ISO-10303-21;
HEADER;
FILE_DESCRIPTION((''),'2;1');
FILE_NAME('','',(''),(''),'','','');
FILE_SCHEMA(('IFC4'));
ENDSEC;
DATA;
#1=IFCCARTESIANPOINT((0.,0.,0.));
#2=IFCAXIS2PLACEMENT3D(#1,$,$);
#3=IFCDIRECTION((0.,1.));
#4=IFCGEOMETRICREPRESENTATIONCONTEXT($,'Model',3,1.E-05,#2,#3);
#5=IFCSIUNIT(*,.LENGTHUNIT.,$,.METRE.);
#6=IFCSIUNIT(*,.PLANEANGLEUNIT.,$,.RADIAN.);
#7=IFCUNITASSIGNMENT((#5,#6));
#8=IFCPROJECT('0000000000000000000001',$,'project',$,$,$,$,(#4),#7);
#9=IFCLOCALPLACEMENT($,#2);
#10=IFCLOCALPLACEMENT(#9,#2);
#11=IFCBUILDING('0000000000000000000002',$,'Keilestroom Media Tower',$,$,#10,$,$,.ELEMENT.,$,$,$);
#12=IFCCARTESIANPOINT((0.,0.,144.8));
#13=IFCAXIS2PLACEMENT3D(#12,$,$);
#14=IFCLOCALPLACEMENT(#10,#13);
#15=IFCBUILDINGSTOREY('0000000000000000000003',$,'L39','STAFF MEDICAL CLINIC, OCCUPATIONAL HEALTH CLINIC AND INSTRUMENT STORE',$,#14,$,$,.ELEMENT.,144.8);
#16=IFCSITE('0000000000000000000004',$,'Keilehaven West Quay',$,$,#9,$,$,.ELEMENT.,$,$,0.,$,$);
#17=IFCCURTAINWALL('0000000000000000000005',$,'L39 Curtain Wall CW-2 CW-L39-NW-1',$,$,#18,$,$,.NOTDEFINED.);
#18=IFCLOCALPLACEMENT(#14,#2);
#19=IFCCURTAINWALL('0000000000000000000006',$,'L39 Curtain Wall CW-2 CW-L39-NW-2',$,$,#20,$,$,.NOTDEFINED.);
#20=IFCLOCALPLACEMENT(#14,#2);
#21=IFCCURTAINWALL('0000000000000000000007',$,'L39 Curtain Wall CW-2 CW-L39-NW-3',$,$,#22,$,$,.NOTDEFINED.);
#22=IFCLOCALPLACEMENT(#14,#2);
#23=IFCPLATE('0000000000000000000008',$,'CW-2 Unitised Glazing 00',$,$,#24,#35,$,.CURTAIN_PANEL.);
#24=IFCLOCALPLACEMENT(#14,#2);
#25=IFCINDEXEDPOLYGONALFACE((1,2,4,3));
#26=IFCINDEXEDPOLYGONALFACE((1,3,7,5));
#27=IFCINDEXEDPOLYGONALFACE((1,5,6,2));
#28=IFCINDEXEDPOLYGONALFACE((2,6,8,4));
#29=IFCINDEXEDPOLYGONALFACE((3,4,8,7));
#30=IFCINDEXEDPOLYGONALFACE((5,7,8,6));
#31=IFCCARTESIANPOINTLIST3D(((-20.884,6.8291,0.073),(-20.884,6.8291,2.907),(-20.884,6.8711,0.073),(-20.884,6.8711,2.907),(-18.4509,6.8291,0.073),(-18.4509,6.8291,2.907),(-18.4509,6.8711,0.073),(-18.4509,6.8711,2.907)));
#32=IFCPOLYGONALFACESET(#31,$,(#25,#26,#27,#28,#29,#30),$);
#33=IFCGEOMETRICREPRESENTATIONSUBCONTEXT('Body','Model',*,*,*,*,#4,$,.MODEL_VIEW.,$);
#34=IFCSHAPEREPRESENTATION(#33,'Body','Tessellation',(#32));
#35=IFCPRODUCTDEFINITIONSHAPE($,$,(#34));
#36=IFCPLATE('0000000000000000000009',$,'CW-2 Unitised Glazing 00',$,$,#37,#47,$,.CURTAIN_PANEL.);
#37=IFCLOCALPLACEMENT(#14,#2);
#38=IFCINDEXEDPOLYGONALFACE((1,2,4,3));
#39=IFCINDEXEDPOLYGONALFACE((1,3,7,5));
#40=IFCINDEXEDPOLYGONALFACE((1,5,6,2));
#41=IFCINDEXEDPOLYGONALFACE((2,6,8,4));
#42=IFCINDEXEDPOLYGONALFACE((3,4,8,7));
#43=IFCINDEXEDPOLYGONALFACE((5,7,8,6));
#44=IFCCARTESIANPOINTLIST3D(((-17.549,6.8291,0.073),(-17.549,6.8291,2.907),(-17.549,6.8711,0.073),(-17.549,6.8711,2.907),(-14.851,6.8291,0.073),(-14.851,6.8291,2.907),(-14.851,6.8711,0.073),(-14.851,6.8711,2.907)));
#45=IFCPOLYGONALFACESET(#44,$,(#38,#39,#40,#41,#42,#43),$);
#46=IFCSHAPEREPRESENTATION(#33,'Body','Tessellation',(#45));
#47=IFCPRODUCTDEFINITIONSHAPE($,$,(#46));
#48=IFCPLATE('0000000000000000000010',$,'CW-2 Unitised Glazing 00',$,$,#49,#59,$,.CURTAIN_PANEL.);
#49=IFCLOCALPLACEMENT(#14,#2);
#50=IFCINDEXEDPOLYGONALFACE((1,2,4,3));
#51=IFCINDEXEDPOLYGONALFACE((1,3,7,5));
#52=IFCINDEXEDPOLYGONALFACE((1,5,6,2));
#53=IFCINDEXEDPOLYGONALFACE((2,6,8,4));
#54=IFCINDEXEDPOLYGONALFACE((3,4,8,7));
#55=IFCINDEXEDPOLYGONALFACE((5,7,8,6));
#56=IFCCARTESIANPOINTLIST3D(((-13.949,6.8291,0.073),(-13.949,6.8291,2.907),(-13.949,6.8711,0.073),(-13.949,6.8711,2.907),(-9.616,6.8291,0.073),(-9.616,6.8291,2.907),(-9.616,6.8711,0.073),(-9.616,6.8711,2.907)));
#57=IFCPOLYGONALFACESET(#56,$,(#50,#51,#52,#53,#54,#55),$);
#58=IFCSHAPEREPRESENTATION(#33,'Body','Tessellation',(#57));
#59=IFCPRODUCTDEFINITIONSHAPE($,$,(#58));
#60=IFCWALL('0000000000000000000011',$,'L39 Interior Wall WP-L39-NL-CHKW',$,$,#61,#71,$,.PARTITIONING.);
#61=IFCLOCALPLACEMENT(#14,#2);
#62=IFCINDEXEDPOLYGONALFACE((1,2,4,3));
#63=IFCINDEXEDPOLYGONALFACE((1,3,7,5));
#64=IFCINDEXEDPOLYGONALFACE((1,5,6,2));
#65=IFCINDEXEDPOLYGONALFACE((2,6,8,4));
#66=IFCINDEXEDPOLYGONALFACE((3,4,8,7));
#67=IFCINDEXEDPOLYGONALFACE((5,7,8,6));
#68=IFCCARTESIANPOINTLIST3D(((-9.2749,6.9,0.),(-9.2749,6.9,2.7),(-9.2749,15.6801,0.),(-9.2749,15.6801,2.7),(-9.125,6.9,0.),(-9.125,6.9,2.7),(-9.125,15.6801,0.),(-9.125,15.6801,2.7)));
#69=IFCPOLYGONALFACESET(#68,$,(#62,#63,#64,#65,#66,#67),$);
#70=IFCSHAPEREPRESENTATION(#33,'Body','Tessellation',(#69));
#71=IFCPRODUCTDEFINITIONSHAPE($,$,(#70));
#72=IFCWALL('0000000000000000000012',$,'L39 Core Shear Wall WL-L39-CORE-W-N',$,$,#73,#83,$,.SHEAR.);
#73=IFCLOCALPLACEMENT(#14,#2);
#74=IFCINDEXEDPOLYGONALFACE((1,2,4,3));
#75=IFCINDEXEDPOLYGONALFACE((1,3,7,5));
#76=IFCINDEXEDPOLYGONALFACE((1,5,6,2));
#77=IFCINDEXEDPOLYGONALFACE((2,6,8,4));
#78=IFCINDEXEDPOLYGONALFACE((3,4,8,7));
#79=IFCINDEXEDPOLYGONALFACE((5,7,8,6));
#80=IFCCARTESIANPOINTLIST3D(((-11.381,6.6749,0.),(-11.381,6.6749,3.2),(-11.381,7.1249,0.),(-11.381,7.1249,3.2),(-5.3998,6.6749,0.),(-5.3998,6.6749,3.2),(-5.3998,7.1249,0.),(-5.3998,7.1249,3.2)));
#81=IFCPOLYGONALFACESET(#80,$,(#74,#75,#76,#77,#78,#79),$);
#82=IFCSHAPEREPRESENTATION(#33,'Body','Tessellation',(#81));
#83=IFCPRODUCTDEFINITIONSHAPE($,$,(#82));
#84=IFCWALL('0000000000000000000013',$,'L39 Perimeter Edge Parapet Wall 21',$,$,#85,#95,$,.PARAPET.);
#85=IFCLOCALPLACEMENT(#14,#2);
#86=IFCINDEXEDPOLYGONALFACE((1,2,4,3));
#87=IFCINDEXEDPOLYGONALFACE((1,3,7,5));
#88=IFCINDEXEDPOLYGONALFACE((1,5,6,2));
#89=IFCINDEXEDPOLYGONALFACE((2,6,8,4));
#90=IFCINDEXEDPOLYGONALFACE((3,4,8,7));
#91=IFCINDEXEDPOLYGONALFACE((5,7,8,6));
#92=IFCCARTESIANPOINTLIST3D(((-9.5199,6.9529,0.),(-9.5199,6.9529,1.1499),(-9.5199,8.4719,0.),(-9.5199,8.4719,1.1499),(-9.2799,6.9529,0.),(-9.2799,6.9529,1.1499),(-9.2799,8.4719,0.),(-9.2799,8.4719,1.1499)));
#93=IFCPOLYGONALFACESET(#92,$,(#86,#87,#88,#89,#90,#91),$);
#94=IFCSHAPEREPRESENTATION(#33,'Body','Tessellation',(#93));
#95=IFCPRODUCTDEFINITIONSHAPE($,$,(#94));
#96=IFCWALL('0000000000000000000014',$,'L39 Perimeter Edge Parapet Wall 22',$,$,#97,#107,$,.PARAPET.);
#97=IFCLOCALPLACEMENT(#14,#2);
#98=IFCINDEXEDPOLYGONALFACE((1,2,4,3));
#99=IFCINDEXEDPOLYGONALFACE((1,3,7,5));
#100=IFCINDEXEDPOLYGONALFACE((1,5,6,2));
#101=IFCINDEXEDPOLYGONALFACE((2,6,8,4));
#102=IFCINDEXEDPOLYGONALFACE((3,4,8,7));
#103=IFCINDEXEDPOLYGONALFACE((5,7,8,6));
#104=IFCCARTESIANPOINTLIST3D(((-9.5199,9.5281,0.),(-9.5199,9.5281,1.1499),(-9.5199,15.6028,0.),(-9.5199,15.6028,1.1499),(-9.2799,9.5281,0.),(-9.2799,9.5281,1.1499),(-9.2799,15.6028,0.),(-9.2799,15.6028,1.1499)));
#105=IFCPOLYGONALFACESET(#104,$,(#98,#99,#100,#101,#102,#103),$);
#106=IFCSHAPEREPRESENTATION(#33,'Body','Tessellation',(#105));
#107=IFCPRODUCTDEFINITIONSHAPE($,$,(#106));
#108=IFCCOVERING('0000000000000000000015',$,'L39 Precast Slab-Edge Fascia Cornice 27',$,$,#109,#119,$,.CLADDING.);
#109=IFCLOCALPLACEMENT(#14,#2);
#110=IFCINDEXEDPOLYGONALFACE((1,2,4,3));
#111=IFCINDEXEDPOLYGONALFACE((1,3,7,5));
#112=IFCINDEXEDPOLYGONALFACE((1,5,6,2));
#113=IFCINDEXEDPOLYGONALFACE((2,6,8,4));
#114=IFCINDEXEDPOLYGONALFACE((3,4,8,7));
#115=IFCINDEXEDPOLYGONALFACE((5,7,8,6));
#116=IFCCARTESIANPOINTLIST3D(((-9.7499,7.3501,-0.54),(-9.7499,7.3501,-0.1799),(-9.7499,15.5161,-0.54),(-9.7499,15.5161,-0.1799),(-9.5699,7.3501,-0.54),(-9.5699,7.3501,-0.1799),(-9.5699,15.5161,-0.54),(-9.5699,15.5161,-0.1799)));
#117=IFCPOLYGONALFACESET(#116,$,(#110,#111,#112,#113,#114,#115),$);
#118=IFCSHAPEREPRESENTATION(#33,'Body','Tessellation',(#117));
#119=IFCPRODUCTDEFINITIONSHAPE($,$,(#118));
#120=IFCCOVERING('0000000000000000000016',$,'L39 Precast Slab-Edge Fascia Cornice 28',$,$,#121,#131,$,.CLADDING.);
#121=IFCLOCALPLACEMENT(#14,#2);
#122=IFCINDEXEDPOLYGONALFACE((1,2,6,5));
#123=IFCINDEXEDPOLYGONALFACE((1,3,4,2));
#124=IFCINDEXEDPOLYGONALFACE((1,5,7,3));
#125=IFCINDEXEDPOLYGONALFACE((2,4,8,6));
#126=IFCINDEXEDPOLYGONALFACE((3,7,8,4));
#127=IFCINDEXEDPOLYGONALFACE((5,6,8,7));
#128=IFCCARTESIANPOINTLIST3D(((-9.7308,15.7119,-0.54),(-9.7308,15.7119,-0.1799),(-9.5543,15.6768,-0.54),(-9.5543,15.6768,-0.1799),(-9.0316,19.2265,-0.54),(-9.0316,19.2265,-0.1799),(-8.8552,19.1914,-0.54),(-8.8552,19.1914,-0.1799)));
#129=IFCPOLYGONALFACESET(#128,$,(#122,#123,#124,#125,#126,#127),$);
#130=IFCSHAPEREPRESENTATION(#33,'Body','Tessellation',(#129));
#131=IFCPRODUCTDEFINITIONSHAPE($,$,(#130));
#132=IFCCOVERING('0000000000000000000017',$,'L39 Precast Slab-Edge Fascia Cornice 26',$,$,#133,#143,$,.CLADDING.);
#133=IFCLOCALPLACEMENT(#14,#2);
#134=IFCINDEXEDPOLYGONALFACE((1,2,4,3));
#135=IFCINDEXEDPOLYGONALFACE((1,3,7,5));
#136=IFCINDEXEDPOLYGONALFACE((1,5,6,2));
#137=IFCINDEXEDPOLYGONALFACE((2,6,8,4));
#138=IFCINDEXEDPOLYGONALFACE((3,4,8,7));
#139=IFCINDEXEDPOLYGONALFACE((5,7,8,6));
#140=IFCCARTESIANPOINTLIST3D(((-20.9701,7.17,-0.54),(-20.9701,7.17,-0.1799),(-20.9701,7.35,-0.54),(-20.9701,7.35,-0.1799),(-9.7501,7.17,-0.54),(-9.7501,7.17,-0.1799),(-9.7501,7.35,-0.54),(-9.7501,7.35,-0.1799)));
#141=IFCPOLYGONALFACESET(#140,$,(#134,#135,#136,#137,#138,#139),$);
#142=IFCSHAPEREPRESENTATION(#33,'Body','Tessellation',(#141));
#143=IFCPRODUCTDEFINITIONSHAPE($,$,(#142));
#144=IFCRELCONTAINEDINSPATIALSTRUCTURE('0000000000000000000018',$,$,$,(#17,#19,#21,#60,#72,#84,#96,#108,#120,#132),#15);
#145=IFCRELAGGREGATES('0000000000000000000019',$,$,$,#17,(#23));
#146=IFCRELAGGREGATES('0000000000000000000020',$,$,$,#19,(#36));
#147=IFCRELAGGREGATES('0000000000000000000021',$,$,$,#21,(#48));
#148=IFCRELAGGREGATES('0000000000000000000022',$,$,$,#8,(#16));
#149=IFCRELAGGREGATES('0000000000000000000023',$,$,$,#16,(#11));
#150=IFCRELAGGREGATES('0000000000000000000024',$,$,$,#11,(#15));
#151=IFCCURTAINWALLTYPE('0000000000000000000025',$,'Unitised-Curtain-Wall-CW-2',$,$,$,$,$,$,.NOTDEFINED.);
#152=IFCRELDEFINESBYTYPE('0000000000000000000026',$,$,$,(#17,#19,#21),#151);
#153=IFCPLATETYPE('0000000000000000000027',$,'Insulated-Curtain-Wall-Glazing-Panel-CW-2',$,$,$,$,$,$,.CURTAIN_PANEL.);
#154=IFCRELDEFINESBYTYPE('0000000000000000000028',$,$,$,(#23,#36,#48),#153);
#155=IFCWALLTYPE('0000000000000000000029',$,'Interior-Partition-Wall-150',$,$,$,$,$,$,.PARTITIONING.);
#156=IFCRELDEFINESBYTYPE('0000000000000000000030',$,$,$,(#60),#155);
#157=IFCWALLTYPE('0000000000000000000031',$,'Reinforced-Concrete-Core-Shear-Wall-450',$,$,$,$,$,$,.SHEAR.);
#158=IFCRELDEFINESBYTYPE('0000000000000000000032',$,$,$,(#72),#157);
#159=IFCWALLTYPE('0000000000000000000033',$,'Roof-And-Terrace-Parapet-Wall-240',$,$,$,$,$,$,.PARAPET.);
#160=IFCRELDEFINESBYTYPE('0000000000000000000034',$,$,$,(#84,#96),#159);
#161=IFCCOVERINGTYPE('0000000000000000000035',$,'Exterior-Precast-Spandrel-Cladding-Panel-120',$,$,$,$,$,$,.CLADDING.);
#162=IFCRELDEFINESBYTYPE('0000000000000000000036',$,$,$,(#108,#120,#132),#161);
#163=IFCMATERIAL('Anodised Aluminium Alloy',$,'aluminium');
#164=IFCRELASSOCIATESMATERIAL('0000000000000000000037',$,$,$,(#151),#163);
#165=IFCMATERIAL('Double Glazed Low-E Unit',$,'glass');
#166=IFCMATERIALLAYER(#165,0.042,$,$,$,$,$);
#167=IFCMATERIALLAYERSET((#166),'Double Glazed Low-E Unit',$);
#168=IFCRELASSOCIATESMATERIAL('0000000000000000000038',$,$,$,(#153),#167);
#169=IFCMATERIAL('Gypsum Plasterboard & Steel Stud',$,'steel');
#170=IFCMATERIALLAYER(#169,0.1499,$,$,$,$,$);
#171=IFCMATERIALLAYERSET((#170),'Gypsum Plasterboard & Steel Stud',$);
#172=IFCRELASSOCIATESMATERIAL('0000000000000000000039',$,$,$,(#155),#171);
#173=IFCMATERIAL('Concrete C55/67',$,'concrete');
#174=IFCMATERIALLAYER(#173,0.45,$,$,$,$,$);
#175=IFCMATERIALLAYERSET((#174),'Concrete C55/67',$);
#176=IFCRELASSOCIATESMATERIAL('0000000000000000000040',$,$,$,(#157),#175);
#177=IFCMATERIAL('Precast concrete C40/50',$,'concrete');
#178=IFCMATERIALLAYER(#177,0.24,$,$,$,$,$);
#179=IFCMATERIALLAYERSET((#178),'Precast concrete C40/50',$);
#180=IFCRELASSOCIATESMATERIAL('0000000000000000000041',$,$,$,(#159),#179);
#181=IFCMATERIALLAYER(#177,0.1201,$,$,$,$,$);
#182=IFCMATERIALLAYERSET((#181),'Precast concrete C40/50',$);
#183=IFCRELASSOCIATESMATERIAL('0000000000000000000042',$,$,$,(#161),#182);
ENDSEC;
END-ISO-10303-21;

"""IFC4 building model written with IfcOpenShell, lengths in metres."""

from ifc_helpers import new_model, si_unit, direction, frame, frame_2d, origin, origin_2d, place, context, subcontext, project, spatial, rectangle, extrude, source, transform, mapped, material, layer, layer_set, type_object, element, aggregate, save


model = new_model("IFC4")

# Units and contexts
model_context = context("Model", 3, precision=1e-05, world=origin(), true_north=direction((0.0, 1.0)))
body_context = subcontext(model_context, "Body", "Model", "MODEL_VIEW")
ifc_project = project(units=[si_unit("LENGTHUNIT", "METRE"), si_unit("PLANEANGLEUNIT", "RADIAN")], contexts=[model_context])

# Site, building, storey
site_placement = place(None, origin())
site = spatial("IfcSite", under=ifc_project, at=site_placement, Name="Keilehaven West Quay", CompositionType="ELEMENT", RefElevation=0.0)
building_placement = place(site_placement, origin())
building = spatial("IfcBuilding", under=site, at=building_placement, Name="Keilestroom Media Tower", CompositionType="ELEMENT")
storey_placement = place(building_placement, frame((0.0, 0.0, 144.8)))
storey = spatial("IfcBuildingStorey", under=building, at=storey_placement, Name="L39", Description="STAFF MEDICAL CLINIC, OCCUPATIONAL HEALTH CLINIC AND INSTRUMENT STORE", CompositionType="ELEMENT", Elevation=144.8)

# Shared definitions
ifc_material_1 = material(Name="Precast concrete C40/50", Category="concrete")
ifc_material_2 = material(Name="Concrete C55/67", Category="concrete")

# Curtain walls
ifc_material_3 = material(Name="Anodised Aluminium Alloy", Category="aluminium")
curtain_wall_type = type_object("IfcCurtainWallType", Name="Unitised-Curtain-Wall-CW-2", PredefinedType="NOTDEFINED", material=ifc_material_3)
curtain_wall_1_placement = place(storey_placement, origin())
curtain_wall_1 = element("IfcCurtainWall", 1, at=curtain_wall_1_placement, inside=storey, type_object=curtain_wall_type, Name="L39 Curtain Wall CW-2 CW-L39-NW-1", PredefinedType="NOTDEFINED")
curtain_wall_2_placement = place(storey_placement, origin())
curtain_wall_2 = element("IfcCurtainWall", 2, at=curtain_wall_2_placement, inside=storey, type_object=curtain_wall_type, Name="L39 Curtain Wall CW-2 CW-L39-NW-2", PredefinedType="NOTDEFINED")
curtain_wall_3_placement = place(storey_placement, origin())
curtain_wall_3 = element("IfcCurtainWall", 3, at=curtain_wall_3_placement, inside=storey, type_object=curtain_wall_type, Name="L39 Curtain Wall CW-2 CW-L39-NW-3", PredefinedType="NOTDEFINED")

# Plates
ifc_material_4 = material(Name="Double Glazed Low-E Unit", Category="glass")
ifc_layer_1 = layer(ifc_material_4, 0.042)
ifc_layer_set_1 = layer_set([ifc_layer_1], Name="Double Glazed Low-E Unit")
plate_type = type_object("IfcPlateType", Name="Insulated-Curtain-Wall-Glazing-Panel-CW-2", PredefinedType="CURTAIN_PANEL", material=ifc_layer_set_1)
shared_shape_1 = source(origin(), body_context, "Body", "SweptSolid", [
    extrude(rectangle(XDim=2.4331, YDim=0.042, at=origin_2d()), origin(), (0.0, 0.0, 1.0), 2.834),
])
plate_1_placement = place(storey_placement, frame((-19.6675, 6.8501, 0.073), z_axis=(0.0, 0.0, 1.0), x_axis=(1.0, 0.0, 0.0)))
plate_1 = element("IfcPlate", 4, at=plate_1_placement, type_object=plate_type, Name="CW-2 Unitised Glazing 00", PredefinedType="CURTAIN_PANEL", context=body_context, shape_type="MappedRepresentation", body=[
    mapped(shared_shape_1, transform((0.0, 0.0, 0.0), x_axis=(1.0, 0.0, 0.0), y_axis=(0.0, 1.0, 0.0), z_axis=(0.0, 0.0, 1.0), scale=1.0)),
])
aggregate(curtain_wall_1, [plate_1])
shared_shape_2 = source(origin(), body_context, "Body", "SweptSolid", [
    extrude(rectangle(XDim=2.698, YDim=0.042, at=origin_2d()), origin(), (0.0, 0.0, 1.0), 2.834),
])
plate_2_placement = place(storey_placement, frame((-16.2, 6.8501, 0.073), z_axis=(0.0, 0.0, 1.0), x_axis=(1.0, 0.0, 0.0)))
plate_2 = element("IfcPlate", 5, at=plate_2_placement, type_object=plate_type, Name="CW-2 Unitised Glazing 00", PredefinedType="CURTAIN_PANEL", context=body_context, shape_type="MappedRepresentation", body=[
    mapped(shared_shape_2, transform((0.0, 0.0, 0.0), x_axis=(1.0, 0.0, 0.0), y_axis=(0.0, 1.0, 0.0), z_axis=(0.0, 0.0, 1.0), scale=1.0)),
])
aggregate(curtain_wall_2, [plate_2])
shared_shape_3 = source(origin(), body_context, "Body", "SweptSolid", [
    extrude(rectangle(XDim=4.333, YDim=0.042, at=origin_2d()), origin(), (0.0, 0.0, 1.0), 2.834),
])
plate_3_placement = place(storey_placement, frame((-11.7825, 6.8501, 0.073), z_axis=(0.0, 0.0, 1.0), x_axis=(1.0, 0.0, 0.0)))
plate_3 = element("IfcPlate", 6, at=plate_3_placement, type_object=plate_type, Name="CW-2 Unitised Glazing 00", PredefinedType="CURTAIN_PANEL", context=body_context, shape_type="MappedRepresentation", body=[
    mapped(shared_shape_3, transform((0.0, 0.0, 0.0), x_axis=(1.0, 0.0, 0.0), y_axis=(0.0, 1.0, 0.0), z_axis=(0.0, 0.0, 1.0), scale=1.0)),
])
aggregate(curtain_wall_3, [plate_3])

# Walls
ifc_material_5 = material(Name="Gypsum Plasterboard & Steel Stud", Category="steel")
ifc_layer_2 = layer(ifc_material_5, 0.1499)
ifc_layer_set_2 = layer_set([ifc_layer_2], Name="Gypsum Plasterboard & Steel Stud")
wall_type_1 = type_object("IfcWallType", Name="Interior-Partition-Wall-150", PredefinedType="PARTITIONING", material=ifc_layer_set_2)
wall_1_placement = place(storey_placement, frame((-9.2, 6.8999, 0.0), z_axis=(0.0, 0.0, 1.0), x_axis=(0.0, 1.0, 0.0)))
element("IfcWall", 7, at=wall_1_placement, inside=storey, type_object=wall_type_1, Name="L39 Interior Wall WP-L39-NL-CHKW", PredefinedType="PARTITIONING", context=body_context, shape_type="SweptSolid", body=[
    extrude(rectangle(XDim=8.78, YDim=0.1499, at=frame_2d((4.3901, 0.0))), origin(), (0.0, 0.0, 1.0), 2.7),
])
ifc_layer_3 = layer(ifc_material_2, 0.45)
ifc_layer_set_3 = layer_set([ifc_layer_3], Name="Concrete C55/67")
wall_type_2 = type_object("IfcWallType", Name="Reinforced-Concrete-Core-Shear-Wall-450", PredefinedType="SHEAR", material=ifc_layer_set_3)
wall_2_placement = place(storey_placement, frame((-11.3811, 6.8999, 0.0), z_axis=(0.0, 0.0, 1.0), x_axis=(1.0, 0.0, 0.0)))
element("IfcWall", 8, at=wall_2_placement, inside=storey, type_object=wall_type_2, Name="L39 Core Shear Wall WL-L39-CORE-W-N", PredefinedType="SHEAR", context=body_context, shape_type="SweptSolid", body=[
    extrude(rectangle(XDim=5.9812, YDim=0.45, at=frame_2d((2.9907, 0.0))), origin(), (0.0, 0.0, 1.0), 3.2),
])
ifc_layer_4 = layer(ifc_material_1, 0.24)
ifc_layer_set_4 = layer_set([ifc_layer_4], Name="Precast concrete C40/50")
wall_type_3 = type_object("IfcWallType", Name="Roof-And-Terrace-Parapet-Wall-240", PredefinedType="PARAPET", material=ifc_layer_set_4)
wall_3_placement = place(storey_placement, frame((-9.3999, 6.9529, 0.0), z_axis=(0.0, 0.0, 1.0), x_axis=(0.0, 1.0, 0.0)))
element("IfcWall", 9, at=wall_3_placement, inside=storey, type_object=wall_type_3, Name="L39 Perimeter Edge Parapet Wall 21", PredefinedType="PARAPET", context=body_context, shape_type="SweptSolid", body=[
    extrude(rectangle(XDim=1.519, YDim=0.24, at=frame_2d((0.7595, 0.0))), origin(), (0.0, 0.0, 1.0), 1.1499),
])
wall_4_placement = place(storey_placement, frame((-9.3999, 9.5281, 0.0), z_axis=(0.0, 0.0, 1.0), x_axis=(0.0, 1.0, 0.0)))
element("IfcWall", 10, at=wall_4_placement, inside=storey, type_object=wall_type_3, Name="L39 Perimeter Edge Parapet Wall 22", PredefinedType="PARAPET", context=body_context, shape_type="SweptSolid", body=[
    extrude(rectangle(XDim=6.0747, YDim=0.24, at=frame_2d((3.0374, 0.0))), origin(), (0.0, 0.0, 1.0), 1.1499),
])

# Coverings
ifc_layer_5 = layer(ifc_material_1, 0.1201)
ifc_layer_set_5 = layer_set([ifc_layer_5], Name="Precast concrete C40/50")
covering_type = type_object("IfcCoveringType", Name="Exterior-Precast-Spandrel-Cladding-Panel-120", PredefinedType="CLADDING", material=ifc_layer_set_5)
shared_shape_4 = source(origin(), body_context, "Body", "SweptSolid", [
    extrude(rectangle(XDim=8.166, YDim=0.1799, at=origin_2d()), origin(), (0.0, 0.0, 1.0), 0.3601),
])
covering_1_placement = place(storey_placement, frame((-9.6599, 11.4331, -0.54), z_axis=(0.0, 0.0, 1.0), x_axis=(0.0, 1.0, 0.0)))
element("IfcCovering", 11, at=covering_1_placement, inside=storey, type_object=covering_type, Name="L39 Precast Slab-Edge Fascia Cornice 27", PredefinedType="CLADDING", context=body_context, shape_type="MappedRepresentation", body=[
    mapped(shared_shape_4, transform((0.0, 0.0, 0.0), x_axis=(1.0, 0.0, 0.0), y_axis=(0.0, 1.0, 0.0), z_axis=(0.0, 0.0, 1.0), scale=1.0)),
])
shared_shape_5 = source(origin(), body_context, "Body", "SweptSolid", [
    extrude(rectangle(XDim=3.5835, YDim=0.1799, at=origin_2d()), origin(), (0.0, 0.0, 1.0), 0.3601),
])
covering_2_placement = place(storey_placement, frame((-9.293, 17.4517, -0.54), z_axis=(0.0, 0.0, 1.0), x_axis=(0.195099, 0.980784, 0.0)))
element("IfcCovering", 12, at=covering_2_placement, inside=storey, type_object=covering_type, Name="L39 Precast Slab-Edge Fascia Cornice 28", PredefinedType="CLADDING", context=body_context, shape_type="MappedRepresentation", body=[
    mapped(shared_shape_5, transform((0.0, 0.0, 0.0), x_axis=(1.0, 0.0, 0.0), y_axis=(0.0, 1.0, 0.0), z_axis=(0.0, 0.0, 1.0), scale=1.0)),
])
shared_shape_6 = source(origin(), body_context, "Body", "SweptSolid", [
    extrude(rectangle(XDim=11.22, YDim=0.1799, at=origin_2d()), origin(), (0.0, 0.0, 1.0), 0.3601),
])
covering_3_placement = place(storey_placement, frame((-15.3601, 7.26, -0.54), z_axis=(0.0, 0.0, 1.0), x_axis=(1.0, 0.0, 0.0)))
element("IfcCovering", 13, at=covering_3_placement, inside=storey, type_object=covering_type, Name="L39 Precast Slab-Edge Fascia Cornice 26", PredefinedType="CLADDING", context=body_context, shape_type="MappedRepresentation", body=[
    mapped(shared_shape_6, transform((0.0, 0.0, 0.0), x_axis=(1.0, 0.0, 0.0), y_axis=(0.0, 1.0, 0.0), z_axis=(0.0, 0.0, 1.0), scale=1.0)),
])

save(model, "model.ifc")
